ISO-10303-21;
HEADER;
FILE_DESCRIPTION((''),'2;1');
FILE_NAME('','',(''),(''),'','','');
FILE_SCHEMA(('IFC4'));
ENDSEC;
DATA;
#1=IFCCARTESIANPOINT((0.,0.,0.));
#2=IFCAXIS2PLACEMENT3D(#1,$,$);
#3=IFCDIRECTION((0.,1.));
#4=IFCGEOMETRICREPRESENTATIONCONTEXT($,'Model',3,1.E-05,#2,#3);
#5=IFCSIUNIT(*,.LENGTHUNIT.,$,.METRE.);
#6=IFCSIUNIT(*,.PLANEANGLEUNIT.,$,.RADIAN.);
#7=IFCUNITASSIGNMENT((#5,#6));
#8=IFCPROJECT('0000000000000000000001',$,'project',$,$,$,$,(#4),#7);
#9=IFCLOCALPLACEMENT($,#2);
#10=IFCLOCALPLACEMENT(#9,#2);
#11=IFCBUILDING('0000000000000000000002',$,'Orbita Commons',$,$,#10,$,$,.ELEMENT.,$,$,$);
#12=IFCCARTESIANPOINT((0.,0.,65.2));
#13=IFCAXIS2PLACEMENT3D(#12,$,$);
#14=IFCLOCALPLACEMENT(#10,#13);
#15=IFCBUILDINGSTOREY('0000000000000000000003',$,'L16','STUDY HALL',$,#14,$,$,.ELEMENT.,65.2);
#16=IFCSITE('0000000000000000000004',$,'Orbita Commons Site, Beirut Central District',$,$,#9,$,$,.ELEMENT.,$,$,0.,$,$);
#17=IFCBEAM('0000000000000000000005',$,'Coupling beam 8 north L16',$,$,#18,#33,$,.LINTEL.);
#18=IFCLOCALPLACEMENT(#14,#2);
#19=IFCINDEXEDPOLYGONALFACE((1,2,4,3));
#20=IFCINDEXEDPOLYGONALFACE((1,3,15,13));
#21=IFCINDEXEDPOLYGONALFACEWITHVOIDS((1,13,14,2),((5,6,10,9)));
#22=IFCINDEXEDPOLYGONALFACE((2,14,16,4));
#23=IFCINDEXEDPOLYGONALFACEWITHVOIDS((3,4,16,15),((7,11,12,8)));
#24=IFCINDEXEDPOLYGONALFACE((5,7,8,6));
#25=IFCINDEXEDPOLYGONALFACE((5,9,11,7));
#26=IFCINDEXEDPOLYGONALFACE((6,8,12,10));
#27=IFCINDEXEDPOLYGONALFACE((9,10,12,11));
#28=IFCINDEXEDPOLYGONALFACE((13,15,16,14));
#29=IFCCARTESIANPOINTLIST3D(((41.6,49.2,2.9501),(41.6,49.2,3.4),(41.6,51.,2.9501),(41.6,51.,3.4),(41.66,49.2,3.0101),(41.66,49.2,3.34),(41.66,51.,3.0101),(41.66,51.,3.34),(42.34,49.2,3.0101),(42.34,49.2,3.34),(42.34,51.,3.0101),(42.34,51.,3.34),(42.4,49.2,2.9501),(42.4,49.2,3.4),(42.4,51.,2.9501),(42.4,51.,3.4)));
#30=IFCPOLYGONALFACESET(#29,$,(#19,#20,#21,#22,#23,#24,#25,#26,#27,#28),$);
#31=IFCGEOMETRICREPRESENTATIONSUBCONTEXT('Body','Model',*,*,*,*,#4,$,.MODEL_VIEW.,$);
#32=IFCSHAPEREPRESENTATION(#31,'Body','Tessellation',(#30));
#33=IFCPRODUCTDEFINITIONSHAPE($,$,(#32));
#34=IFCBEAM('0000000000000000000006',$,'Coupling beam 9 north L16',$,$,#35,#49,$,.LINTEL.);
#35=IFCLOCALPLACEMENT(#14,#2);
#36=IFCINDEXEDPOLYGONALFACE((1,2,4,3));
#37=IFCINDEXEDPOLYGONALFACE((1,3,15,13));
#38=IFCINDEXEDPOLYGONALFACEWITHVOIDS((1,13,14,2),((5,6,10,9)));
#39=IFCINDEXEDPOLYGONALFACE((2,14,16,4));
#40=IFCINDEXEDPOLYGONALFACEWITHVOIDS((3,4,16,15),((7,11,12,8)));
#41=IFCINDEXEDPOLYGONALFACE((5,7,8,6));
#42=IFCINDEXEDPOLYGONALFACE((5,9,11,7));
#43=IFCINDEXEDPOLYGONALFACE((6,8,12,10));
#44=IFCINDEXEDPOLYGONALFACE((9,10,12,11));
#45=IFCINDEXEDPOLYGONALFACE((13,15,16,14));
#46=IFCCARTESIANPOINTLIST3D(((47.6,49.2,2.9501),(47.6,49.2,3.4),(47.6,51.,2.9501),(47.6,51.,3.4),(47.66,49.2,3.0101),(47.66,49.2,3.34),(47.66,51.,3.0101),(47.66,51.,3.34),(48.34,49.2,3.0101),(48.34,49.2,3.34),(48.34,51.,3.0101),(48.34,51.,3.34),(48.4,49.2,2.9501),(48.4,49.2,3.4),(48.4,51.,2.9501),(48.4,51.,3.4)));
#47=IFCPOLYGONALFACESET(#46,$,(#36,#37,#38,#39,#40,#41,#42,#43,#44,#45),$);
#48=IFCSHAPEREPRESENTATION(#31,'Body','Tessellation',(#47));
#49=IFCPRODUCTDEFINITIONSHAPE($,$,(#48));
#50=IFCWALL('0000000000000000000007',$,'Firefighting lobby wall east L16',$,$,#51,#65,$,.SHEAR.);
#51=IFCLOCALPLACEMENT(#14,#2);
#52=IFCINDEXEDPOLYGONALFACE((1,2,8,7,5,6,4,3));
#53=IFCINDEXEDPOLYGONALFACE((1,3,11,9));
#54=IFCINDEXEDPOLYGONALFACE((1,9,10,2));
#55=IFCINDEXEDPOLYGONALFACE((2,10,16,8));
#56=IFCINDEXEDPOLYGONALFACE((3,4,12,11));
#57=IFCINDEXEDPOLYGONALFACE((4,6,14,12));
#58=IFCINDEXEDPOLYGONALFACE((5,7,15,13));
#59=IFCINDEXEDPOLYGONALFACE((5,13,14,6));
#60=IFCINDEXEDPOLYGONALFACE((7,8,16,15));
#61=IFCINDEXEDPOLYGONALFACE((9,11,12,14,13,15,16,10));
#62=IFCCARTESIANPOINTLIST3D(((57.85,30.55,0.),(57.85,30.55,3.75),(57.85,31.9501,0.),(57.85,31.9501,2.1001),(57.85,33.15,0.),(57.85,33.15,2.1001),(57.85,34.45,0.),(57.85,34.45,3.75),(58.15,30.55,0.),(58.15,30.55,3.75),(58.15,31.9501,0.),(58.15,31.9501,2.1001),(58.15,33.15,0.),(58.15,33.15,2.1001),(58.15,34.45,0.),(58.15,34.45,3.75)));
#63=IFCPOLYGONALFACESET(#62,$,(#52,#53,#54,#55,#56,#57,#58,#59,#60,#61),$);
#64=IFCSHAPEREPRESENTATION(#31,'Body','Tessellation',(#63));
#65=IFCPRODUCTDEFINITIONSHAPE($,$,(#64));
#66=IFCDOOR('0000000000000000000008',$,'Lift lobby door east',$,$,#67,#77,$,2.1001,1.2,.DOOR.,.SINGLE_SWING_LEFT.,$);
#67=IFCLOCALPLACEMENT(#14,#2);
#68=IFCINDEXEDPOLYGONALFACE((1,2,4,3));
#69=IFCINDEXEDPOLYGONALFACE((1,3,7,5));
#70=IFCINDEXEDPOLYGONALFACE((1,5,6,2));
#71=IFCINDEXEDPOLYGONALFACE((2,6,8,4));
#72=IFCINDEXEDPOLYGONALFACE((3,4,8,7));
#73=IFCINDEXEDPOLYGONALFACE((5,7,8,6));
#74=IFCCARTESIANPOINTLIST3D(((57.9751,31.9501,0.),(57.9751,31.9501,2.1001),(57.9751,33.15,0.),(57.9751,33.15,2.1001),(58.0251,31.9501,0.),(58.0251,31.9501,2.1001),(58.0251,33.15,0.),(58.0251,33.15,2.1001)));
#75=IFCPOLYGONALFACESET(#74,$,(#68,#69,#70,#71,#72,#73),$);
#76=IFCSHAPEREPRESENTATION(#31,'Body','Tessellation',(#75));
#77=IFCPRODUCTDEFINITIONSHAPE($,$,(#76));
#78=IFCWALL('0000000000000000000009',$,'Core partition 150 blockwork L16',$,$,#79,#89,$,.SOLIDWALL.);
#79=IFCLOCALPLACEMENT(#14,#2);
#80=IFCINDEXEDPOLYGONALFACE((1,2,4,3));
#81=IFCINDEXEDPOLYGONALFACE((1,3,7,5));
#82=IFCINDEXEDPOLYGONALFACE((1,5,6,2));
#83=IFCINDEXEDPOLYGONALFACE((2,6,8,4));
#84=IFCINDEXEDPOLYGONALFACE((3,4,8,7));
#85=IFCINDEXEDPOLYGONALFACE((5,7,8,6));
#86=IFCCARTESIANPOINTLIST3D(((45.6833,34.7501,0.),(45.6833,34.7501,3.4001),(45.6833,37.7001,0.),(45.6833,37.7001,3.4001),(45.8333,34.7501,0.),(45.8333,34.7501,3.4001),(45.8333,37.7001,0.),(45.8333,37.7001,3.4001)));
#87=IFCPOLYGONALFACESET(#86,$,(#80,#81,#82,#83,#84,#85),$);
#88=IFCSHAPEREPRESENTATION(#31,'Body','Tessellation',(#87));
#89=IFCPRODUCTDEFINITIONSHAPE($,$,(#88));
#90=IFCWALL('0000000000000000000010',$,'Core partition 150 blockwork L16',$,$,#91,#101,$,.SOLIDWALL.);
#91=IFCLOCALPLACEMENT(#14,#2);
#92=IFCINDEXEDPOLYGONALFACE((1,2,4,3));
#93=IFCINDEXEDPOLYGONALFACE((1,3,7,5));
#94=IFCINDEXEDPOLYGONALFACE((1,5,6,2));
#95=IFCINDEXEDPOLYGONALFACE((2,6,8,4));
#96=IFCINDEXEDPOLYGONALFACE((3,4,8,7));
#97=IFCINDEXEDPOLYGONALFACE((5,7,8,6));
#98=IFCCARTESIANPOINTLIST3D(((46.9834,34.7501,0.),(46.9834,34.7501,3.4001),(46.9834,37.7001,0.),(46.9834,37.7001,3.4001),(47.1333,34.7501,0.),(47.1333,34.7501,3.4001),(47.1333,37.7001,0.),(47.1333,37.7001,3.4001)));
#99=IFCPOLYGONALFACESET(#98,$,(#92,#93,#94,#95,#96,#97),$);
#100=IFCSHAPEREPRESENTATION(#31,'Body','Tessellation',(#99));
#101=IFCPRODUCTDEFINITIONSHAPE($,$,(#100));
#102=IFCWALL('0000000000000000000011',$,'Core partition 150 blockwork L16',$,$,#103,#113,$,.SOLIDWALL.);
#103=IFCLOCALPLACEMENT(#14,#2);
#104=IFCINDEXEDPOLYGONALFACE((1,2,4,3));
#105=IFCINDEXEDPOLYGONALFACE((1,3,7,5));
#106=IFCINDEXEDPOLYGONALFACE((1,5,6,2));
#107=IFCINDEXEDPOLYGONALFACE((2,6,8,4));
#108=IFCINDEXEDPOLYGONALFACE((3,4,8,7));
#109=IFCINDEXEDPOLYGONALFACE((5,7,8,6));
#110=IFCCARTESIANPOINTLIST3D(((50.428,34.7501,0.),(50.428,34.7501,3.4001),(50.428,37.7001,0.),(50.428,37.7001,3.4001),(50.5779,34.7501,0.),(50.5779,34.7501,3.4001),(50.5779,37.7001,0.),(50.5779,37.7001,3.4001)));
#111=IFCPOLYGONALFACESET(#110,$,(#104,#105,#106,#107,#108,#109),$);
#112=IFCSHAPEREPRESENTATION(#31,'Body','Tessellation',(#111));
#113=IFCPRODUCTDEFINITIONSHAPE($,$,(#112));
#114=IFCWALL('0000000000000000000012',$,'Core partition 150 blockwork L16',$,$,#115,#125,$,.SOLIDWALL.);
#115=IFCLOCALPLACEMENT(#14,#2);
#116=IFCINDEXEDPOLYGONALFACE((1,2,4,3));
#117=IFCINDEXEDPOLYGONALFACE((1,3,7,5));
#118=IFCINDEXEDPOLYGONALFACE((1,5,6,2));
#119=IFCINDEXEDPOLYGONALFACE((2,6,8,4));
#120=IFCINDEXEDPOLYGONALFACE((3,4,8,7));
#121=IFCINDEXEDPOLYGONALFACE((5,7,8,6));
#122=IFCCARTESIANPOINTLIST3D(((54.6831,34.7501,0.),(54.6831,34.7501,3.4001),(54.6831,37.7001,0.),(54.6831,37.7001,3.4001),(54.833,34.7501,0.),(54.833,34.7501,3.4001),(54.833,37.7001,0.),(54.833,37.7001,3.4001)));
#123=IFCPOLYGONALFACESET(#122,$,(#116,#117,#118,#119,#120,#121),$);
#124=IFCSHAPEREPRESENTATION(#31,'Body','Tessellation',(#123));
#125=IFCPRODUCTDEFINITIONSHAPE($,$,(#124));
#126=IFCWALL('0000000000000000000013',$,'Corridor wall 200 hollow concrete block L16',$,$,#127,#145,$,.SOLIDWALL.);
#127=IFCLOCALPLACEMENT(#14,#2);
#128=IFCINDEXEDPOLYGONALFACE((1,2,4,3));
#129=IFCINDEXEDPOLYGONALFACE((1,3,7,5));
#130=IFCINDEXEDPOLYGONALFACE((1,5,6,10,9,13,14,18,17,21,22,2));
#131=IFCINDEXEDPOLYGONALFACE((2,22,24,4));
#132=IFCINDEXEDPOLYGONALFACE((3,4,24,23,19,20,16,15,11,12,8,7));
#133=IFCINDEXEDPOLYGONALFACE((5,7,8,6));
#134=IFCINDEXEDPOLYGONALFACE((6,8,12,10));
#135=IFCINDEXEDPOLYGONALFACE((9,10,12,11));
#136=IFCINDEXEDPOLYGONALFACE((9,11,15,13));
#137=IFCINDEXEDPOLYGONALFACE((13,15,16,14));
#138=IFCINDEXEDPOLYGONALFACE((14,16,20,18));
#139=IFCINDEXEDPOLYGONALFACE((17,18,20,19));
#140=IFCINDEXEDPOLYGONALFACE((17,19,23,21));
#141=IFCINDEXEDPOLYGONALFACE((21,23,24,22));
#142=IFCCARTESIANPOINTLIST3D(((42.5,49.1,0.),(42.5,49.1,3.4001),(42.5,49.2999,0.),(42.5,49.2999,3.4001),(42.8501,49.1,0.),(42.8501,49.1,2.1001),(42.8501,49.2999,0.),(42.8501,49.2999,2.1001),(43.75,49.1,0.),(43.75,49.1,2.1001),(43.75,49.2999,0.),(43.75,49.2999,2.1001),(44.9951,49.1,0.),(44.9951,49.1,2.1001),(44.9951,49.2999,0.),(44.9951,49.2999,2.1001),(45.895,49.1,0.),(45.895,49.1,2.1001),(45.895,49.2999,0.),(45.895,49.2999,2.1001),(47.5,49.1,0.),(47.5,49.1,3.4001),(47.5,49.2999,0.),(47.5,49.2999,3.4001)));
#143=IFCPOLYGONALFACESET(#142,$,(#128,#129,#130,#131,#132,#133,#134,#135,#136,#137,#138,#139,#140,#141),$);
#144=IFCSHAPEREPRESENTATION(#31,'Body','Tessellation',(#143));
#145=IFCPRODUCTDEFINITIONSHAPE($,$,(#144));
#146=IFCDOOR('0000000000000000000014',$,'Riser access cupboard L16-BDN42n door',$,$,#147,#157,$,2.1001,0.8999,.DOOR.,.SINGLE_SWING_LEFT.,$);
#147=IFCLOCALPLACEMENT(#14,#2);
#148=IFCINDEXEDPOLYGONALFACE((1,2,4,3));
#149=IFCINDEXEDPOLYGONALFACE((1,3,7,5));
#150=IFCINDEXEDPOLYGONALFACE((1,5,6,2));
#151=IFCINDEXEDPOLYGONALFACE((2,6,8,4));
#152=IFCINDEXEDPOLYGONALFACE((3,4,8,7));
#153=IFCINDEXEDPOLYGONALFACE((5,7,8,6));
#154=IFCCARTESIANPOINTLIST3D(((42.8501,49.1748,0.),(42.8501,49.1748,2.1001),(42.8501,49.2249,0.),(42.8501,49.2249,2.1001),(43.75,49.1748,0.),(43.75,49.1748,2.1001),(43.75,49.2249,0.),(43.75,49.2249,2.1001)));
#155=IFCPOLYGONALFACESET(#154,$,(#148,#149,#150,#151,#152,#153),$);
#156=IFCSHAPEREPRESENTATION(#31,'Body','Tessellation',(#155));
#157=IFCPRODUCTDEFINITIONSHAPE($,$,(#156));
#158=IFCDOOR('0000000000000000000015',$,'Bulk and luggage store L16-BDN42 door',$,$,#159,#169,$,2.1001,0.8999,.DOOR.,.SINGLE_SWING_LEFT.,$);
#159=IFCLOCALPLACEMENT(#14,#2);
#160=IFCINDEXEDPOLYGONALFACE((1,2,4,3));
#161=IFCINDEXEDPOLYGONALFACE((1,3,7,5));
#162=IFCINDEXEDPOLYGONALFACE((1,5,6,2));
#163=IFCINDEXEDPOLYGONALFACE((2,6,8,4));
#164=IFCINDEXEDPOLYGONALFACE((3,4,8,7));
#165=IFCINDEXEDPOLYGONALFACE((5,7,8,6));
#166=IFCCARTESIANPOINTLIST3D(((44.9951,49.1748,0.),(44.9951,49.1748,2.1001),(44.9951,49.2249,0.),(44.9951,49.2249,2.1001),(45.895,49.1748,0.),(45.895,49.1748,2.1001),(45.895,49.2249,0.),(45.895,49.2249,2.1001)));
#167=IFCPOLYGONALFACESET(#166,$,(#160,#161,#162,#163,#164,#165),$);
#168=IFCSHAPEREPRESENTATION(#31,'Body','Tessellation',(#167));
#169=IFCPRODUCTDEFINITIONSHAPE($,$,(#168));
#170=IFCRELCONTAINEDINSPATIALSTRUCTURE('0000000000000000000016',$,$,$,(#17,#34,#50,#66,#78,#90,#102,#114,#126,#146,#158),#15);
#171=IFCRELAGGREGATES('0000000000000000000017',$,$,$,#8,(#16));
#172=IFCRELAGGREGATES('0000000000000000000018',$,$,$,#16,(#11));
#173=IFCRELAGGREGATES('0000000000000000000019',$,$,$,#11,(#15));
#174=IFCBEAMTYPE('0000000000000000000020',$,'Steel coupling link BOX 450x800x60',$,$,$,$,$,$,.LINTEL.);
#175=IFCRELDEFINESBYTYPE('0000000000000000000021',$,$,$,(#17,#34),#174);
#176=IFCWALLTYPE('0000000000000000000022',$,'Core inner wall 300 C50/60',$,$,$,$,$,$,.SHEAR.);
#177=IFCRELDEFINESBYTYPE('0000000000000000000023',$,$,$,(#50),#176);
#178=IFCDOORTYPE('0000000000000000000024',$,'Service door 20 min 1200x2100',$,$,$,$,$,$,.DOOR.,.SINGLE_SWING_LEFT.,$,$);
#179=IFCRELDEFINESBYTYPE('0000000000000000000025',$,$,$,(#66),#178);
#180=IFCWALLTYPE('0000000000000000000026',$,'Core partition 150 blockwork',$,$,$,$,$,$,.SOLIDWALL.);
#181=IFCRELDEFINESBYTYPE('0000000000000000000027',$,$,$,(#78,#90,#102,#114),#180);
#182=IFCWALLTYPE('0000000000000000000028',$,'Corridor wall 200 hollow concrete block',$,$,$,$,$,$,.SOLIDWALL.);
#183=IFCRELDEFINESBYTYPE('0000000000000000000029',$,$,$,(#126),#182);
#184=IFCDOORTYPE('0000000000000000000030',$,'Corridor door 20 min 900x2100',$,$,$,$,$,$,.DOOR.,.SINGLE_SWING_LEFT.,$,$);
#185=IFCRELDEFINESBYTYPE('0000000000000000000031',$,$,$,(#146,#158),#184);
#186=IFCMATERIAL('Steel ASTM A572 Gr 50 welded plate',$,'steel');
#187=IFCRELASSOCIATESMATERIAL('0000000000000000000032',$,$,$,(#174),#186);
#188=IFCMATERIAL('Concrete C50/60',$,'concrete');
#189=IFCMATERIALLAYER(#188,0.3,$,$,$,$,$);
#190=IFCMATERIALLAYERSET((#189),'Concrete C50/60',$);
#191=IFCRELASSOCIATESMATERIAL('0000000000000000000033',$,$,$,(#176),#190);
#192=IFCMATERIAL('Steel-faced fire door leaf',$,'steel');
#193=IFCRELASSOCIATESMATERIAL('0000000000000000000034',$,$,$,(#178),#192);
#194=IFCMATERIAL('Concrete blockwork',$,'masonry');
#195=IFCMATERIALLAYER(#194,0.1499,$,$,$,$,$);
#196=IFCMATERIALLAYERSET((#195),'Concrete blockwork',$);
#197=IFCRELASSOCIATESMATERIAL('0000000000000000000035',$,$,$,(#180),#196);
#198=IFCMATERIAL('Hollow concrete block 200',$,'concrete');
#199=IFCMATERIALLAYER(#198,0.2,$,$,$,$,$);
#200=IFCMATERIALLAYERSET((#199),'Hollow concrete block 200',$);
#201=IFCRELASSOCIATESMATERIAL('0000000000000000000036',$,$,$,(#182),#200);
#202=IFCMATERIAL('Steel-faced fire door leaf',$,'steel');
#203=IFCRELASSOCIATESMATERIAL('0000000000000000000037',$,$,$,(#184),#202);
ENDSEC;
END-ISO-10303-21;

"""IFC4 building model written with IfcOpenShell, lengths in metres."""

from ifc_helpers import new_model, si_unit, direction, frame, frame_2d, origin, origin_2d, place, context, subcontext, project, spatial, rectangle, hollow_rectangle, extrude, material, layer, layer_set, material_profile, profile_set, type_object, element, fill, save


model = new_model("IFC4")

# Units and contexts
model_context = context("Model", 3, precision=1e-05, world=origin(), true_north=direction((0.0, 1.0)))
body_context = subcontext(model_context, "Body", "Model", "MODEL_VIEW")
ifc_project = project(units=[si_unit("LENGTHUNIT", "METRE"), si_unit("PLANEANGLEUNIT", "RADIAN")], contexts=[model_context])

# Site, building, storey
site_placement = place(None, origin())
site = spatial("IfcSite", under=ifc_project, at=site_placement, Name="Orbita Commons Site, Beirut Central District", CompositionType="ELEMENT", RefElevation=0.0)
building_placement = place(site_placement, origin())
building = spatial("IfcBuilding", under=site, at=building_placement, Name="Orbita Commons", CompositionType="ELEMENT")
storey_placement = place(building_placement, frame((0.0, 0.0, 65.2)))
storey = spatial("IfcBuildingStorey", under=building, at=storey_placement, Name="L16", Description="STUDY HALL", CompositionType="ELEMENT", Elevation=65.2)

# Beams
ifc_material_1 = material(Name="Steel ASTM A572 Gr 50 welded plate", Category="steel")
ifc_material_profile = material_profile(ifc_material_1, hollow_rectangle(XDim=0.8, YDim=0.45, WallThickness=0.0601, at=origin_2d()), Name="BOX 450x800x60")
ifc_profile_set = profile_set([ifc_material_profile], Name="Steel ASTM A572 Gr 50 welded plate")
beam_type = type_object("IfcBeamType", Name="Steel coupling link BOX 450x800x60", PredefinedType="LINTEL", material=ifc_profile_set)
for number, where, z_axis, x_axis, name in (
    (1, (42.0, 49.2, 3.175), (0.0, 1.0, 0.0), (-1.0, 0.0, 0.0), "Coupling beam 8 north L16"),
    (2, (48.0, 49.2, 3.175), (0.0, 1.0, 0.0), (-1.0, 0.0, 0.0), "Coupling beam 9 north L16"),
):
    element("IfcBeam", number, at=place(storey_placement, frame(where, z_axis=z_axis, x_axis=x_axis)), inside=storey, type_object=beam_type, Name=name, PredefinedType="LINTEL", context=body_context, shape_type="SweptSolid", body=[
        extrude(hollow_rectangle(XDim=0.8, YDim=0.45, WallThickness=0.0601, at=origin_2d()), origin(), (0.0, 0.0, 1.0), 1.8),
    ])

# Wall, opening, door
ifc_material_2 = material(Name="Concrete C50/60", Category="concrete")
ifc_layer_1 = layer(ifc_material_2, 0.3)
ifc_layer_set_1 = layer_set([ifc_layer_1], Name="Concrete C50/60")
wall_type_1 = type_object("IfcWallType", Name="Core inner wall 300 C50/60", PredefinedType="SHEAR", material=ifc_layer_set_1)
wall_1_placement = place(storey_placement, frame((58.0, 30.55, 0.0), z_axis=(0.0, 0.0, 1.0), x_axis=(0.0, 1.0, 0.0)))
wall_1 = element("IfcWall", 3, at=wall_1_placement, inside=storey, type_object=wall_type_1, Name="Firefighting lobby wall east L16", PredefinedType="SHEAR", context=body_context, shape_type="SweptSolid", body=[
    extrude(rectangle(XDim=3.8999, YDim=0.3, at=frame_2d((1.95, 0.0))), origin(), (0.0, 0.0, 1.0), 3.75),
])
opening_1_placement = place(wall_1_placement, frame((1.3999, 0.0, 0.0)))
opening_1 = element("IfcOpeningElement", 4, at=opening_1_placement, cuts=wall_1, PredefinedType="OPENING", context=body_context, shape_type="SweptSolid", body=[
    extrude(rectangle(XDim=1.2, YDim=2.1001, at=frame_2d((0.6001, 1.05))), frame((0.0, 0.1599, 0.0), z_axis=(0.0, -1.0, 0.0), x_axis=(1.0, 0.0, 0.0)), (0.0, 0.0, 1.0), 0.3201),
])
ifc_material_3 = material(Name="Steel-faced fire door leaf", Category="steel")
door_type_1 = type_object("IfcDoorType", Name="Service door 20 min 1200x2100", OperationType="SINGLE_SWING_LEFT", PredefinedType="DOOR", material=ifc_material_3)
door_1_placement = place(opening_1_placement, origin())
door_1 = element("IfcDoor", 5, at=door_1_placement, inside=storey, type_object=door_type_1, Name="Lift lobby door east", OperationType="SINGLE_SWING_LEFT", OverallHeight=2.1001, OverallWidth=1.2, PredefinedType="DOOR", context=body_context, shape_type="SweptSolid", body=[
    extrude(rectangle(XDim=1.2, YDim=2.1001, at=frame_2d((0.6001, 1.05))), frame((0.0, 0.0249, 0.0), z_axis=(0.0, -1.0, 0.0), x_axis=(1.0, 0.0, 0.0)), (0.0, 0.0, 1.0), 0.05),
])
fill(opening_1, door_1)

# Walls
ifc_material_4 = material(Name="Concrete blockwork", Category="masonry")
ifc_layer_2 = layer(ifc_material_4, 0.1499)
ifc_layer_set_2 = layer_set([ifc_layer_2], Name="Concrete blockwork")
wall_type_2 = type_object("IfcWallType", Name="Core partition 150 blockwork", PredefinedType="SOLIDWALL", material=ifc_layer_set_2)
for number, where, z_axis, x_axis, name in (
    (6, (45.7583, 34.75, 0.0), (0.0, 0.0, 1.0), (0.0, 1.0, 0.0), "Core partition 150 blockwork L16"),
    (7, (47.0583, 34.75, 0.0), (0.0, 0.0, 1.0), (0.0, 1.0, 0.0), "Core partition 150 blockwork L16"),
    (8, (50.5029, 34.75, 0.0), (0.0, 0.0, 1.0), (0.0, 1.0, 0.0), "Core partition 150 blockwork L16"),
    (9, (54.7581, 34.75, 0.0), (0.0, 0.0, 1.0), (0.0, 1.0, 0.0), "Core partition 150 blockwork L16"),
):
    element("IfcWall", number, at=place(storey_placement, frame(where, z_axis=z_axis, x_axis=x_axis)), inside=storey, type_object=wall_type_2, Name=name, PredefinedType="SOLIDWALL", context=body_context, shape_type="SweptSolid", body=[
        extrude(rectangle(XDim=2.95, YDim=0.1499, at=frame_2d((1.4751, 0.0))), origin(), (0.0, 0.0, 1.0), 3.4001),
    ])

# Wall, openings, doors
ifc_material_5 = material(Name="Hollow concrete block 200", Category="concrete")
ifc_layer_3 = layer(ifc_material_5, 0.2)
ifc_layer_set_3 = layer_set([ifc_layer_3], Name="Hollow concrete block 200")
wall_type_3 = type_object("IfcWallType", Name="Corridor wall 200 hollow concrete block", PredefinedType="SOLIDWALL", material=ifc_layer_set_3)
wall_2_placement = place(storey_placement, frame((42.5, 49.2, 0.0), z_axis=(0.0, 0.0, 1.0), x_axis=(1.0, 0.0, 0.0)))
wall_2 = element("IfcWall", 10, at=wall_2_placement, inside=storey, type_object=wall_type_3, Name="Corridor wall 200 hollow concrete block L16", PredefinedType="SOLIDWALL", context=body_context, shape_type="SweptSolid", body=[
    extrude(rectangle(XDim=5.0, YDim=0.2, at=frame_2d((2.5, 0.0))), origin(), (0.0, 0.0, 1.0), 3.4001),
])
opening_2_placement = place(wall_2_placement, frame((0.3501, 0.0, 0.0)))
opening_2 = element("IfcOpeningElement", 11, at=opening_2_placement, cuts=wall_2, PredefinedType="OPENING", context=body_context, shape_type="SweptSolid", body=[
    extrude(rectangle(XDim=0.8999, YDim=2.1001, at=frame_2d((0.45, 1.05))), frame((0.0, 0.1099, 0.0), z_axis=(0.0, -1.0, 0.0), x_axis=(1.0, 0.0, 0.0)), (0.0, 0.0, 1.0), 0.22),
])
opening_3_placement = place(wall_2_placement, frame((2.4951, 0.0, 0.0)))
opening_3 = element("IfcOpeningElement", 12, at=opening_3_placement, cuts=wall_2, PredefinedType="OPENING", context=body_context, shape_type="SweptSolid", body=[
    extrude(rectangle(XDim=0.8999, YDim=2.1001, at=frame_2d((0.45, 1.05))), frame((0.0, 0.1099, 0.0), z_axis=(0.0, -1.0, 0.0), x_axis=(1.0, 0.0, 0.0)), (0.0, 0.0, 1.0), 0.22),
])
ifc_material_6 = material(Name="Steel-faced fire door leaf", Category="steel")
door_type_2 = type_object("IfcDoorType", Name="Corridor door 20 min 900x2100", OperationType="SINGLE_SWING_LEFT", PredefinedType="DOOR", material=ifc_material_6)
door_2_placement = place(opening_2_placement, origin())
door_2 = element("IfcDoor", 13, at=door_2_placement, inside=storey, type_object=door_type_2, Name="Riser access cupboard L16-BDN42n door", OperationType="SINGLE_SWING_LEFT", OverallHeight=2.1001, OverallWidth=0.8999, PredefinedType="DOOR", context=body_context, shape_type="SweptSolid", body=[
    extrude(rectangle(XDim=0.8999, YDim=2.1001, at=frame_2d((0.45, 1.05))), frame((0.0, 0.0249, 0.0), z_axis=(0.0, -1.0, 0.0), x_axis=(1.0, 0.0, 0.0)), (0.0, 0.0, 1.0), 0.05),
])
fill(opening_2, door_2)
door_3_placement = place(opening_3_placement, origin())
door_3 = element("IfcDoor", 14, at=door_3_placement, inside=storey, type_object=door_type_2, Name="Bulk and luggage store L16-BDN42 door", OperationType="SINGLE_SWING_LEFT", OverallHeight=2.1001, OverallWidth=0.8999, PredefinedType="DOOR", context=body_context, shape_type="SweptSolid", body=[
    extrude(rectangle(XDim=0.8999, YDim=2.1001, at=frame_2d((0.45, 1.05))), frame((0.0, 0.0249, 0.0), z_axis=(0.0, -1.0, 0.0), x_axis=(1.0, 0.0, 0.0)), (0.0, 0.0, 1.0), 0.05),
])
fill(opening_3, door_3)

save(model, "model.ifc")
